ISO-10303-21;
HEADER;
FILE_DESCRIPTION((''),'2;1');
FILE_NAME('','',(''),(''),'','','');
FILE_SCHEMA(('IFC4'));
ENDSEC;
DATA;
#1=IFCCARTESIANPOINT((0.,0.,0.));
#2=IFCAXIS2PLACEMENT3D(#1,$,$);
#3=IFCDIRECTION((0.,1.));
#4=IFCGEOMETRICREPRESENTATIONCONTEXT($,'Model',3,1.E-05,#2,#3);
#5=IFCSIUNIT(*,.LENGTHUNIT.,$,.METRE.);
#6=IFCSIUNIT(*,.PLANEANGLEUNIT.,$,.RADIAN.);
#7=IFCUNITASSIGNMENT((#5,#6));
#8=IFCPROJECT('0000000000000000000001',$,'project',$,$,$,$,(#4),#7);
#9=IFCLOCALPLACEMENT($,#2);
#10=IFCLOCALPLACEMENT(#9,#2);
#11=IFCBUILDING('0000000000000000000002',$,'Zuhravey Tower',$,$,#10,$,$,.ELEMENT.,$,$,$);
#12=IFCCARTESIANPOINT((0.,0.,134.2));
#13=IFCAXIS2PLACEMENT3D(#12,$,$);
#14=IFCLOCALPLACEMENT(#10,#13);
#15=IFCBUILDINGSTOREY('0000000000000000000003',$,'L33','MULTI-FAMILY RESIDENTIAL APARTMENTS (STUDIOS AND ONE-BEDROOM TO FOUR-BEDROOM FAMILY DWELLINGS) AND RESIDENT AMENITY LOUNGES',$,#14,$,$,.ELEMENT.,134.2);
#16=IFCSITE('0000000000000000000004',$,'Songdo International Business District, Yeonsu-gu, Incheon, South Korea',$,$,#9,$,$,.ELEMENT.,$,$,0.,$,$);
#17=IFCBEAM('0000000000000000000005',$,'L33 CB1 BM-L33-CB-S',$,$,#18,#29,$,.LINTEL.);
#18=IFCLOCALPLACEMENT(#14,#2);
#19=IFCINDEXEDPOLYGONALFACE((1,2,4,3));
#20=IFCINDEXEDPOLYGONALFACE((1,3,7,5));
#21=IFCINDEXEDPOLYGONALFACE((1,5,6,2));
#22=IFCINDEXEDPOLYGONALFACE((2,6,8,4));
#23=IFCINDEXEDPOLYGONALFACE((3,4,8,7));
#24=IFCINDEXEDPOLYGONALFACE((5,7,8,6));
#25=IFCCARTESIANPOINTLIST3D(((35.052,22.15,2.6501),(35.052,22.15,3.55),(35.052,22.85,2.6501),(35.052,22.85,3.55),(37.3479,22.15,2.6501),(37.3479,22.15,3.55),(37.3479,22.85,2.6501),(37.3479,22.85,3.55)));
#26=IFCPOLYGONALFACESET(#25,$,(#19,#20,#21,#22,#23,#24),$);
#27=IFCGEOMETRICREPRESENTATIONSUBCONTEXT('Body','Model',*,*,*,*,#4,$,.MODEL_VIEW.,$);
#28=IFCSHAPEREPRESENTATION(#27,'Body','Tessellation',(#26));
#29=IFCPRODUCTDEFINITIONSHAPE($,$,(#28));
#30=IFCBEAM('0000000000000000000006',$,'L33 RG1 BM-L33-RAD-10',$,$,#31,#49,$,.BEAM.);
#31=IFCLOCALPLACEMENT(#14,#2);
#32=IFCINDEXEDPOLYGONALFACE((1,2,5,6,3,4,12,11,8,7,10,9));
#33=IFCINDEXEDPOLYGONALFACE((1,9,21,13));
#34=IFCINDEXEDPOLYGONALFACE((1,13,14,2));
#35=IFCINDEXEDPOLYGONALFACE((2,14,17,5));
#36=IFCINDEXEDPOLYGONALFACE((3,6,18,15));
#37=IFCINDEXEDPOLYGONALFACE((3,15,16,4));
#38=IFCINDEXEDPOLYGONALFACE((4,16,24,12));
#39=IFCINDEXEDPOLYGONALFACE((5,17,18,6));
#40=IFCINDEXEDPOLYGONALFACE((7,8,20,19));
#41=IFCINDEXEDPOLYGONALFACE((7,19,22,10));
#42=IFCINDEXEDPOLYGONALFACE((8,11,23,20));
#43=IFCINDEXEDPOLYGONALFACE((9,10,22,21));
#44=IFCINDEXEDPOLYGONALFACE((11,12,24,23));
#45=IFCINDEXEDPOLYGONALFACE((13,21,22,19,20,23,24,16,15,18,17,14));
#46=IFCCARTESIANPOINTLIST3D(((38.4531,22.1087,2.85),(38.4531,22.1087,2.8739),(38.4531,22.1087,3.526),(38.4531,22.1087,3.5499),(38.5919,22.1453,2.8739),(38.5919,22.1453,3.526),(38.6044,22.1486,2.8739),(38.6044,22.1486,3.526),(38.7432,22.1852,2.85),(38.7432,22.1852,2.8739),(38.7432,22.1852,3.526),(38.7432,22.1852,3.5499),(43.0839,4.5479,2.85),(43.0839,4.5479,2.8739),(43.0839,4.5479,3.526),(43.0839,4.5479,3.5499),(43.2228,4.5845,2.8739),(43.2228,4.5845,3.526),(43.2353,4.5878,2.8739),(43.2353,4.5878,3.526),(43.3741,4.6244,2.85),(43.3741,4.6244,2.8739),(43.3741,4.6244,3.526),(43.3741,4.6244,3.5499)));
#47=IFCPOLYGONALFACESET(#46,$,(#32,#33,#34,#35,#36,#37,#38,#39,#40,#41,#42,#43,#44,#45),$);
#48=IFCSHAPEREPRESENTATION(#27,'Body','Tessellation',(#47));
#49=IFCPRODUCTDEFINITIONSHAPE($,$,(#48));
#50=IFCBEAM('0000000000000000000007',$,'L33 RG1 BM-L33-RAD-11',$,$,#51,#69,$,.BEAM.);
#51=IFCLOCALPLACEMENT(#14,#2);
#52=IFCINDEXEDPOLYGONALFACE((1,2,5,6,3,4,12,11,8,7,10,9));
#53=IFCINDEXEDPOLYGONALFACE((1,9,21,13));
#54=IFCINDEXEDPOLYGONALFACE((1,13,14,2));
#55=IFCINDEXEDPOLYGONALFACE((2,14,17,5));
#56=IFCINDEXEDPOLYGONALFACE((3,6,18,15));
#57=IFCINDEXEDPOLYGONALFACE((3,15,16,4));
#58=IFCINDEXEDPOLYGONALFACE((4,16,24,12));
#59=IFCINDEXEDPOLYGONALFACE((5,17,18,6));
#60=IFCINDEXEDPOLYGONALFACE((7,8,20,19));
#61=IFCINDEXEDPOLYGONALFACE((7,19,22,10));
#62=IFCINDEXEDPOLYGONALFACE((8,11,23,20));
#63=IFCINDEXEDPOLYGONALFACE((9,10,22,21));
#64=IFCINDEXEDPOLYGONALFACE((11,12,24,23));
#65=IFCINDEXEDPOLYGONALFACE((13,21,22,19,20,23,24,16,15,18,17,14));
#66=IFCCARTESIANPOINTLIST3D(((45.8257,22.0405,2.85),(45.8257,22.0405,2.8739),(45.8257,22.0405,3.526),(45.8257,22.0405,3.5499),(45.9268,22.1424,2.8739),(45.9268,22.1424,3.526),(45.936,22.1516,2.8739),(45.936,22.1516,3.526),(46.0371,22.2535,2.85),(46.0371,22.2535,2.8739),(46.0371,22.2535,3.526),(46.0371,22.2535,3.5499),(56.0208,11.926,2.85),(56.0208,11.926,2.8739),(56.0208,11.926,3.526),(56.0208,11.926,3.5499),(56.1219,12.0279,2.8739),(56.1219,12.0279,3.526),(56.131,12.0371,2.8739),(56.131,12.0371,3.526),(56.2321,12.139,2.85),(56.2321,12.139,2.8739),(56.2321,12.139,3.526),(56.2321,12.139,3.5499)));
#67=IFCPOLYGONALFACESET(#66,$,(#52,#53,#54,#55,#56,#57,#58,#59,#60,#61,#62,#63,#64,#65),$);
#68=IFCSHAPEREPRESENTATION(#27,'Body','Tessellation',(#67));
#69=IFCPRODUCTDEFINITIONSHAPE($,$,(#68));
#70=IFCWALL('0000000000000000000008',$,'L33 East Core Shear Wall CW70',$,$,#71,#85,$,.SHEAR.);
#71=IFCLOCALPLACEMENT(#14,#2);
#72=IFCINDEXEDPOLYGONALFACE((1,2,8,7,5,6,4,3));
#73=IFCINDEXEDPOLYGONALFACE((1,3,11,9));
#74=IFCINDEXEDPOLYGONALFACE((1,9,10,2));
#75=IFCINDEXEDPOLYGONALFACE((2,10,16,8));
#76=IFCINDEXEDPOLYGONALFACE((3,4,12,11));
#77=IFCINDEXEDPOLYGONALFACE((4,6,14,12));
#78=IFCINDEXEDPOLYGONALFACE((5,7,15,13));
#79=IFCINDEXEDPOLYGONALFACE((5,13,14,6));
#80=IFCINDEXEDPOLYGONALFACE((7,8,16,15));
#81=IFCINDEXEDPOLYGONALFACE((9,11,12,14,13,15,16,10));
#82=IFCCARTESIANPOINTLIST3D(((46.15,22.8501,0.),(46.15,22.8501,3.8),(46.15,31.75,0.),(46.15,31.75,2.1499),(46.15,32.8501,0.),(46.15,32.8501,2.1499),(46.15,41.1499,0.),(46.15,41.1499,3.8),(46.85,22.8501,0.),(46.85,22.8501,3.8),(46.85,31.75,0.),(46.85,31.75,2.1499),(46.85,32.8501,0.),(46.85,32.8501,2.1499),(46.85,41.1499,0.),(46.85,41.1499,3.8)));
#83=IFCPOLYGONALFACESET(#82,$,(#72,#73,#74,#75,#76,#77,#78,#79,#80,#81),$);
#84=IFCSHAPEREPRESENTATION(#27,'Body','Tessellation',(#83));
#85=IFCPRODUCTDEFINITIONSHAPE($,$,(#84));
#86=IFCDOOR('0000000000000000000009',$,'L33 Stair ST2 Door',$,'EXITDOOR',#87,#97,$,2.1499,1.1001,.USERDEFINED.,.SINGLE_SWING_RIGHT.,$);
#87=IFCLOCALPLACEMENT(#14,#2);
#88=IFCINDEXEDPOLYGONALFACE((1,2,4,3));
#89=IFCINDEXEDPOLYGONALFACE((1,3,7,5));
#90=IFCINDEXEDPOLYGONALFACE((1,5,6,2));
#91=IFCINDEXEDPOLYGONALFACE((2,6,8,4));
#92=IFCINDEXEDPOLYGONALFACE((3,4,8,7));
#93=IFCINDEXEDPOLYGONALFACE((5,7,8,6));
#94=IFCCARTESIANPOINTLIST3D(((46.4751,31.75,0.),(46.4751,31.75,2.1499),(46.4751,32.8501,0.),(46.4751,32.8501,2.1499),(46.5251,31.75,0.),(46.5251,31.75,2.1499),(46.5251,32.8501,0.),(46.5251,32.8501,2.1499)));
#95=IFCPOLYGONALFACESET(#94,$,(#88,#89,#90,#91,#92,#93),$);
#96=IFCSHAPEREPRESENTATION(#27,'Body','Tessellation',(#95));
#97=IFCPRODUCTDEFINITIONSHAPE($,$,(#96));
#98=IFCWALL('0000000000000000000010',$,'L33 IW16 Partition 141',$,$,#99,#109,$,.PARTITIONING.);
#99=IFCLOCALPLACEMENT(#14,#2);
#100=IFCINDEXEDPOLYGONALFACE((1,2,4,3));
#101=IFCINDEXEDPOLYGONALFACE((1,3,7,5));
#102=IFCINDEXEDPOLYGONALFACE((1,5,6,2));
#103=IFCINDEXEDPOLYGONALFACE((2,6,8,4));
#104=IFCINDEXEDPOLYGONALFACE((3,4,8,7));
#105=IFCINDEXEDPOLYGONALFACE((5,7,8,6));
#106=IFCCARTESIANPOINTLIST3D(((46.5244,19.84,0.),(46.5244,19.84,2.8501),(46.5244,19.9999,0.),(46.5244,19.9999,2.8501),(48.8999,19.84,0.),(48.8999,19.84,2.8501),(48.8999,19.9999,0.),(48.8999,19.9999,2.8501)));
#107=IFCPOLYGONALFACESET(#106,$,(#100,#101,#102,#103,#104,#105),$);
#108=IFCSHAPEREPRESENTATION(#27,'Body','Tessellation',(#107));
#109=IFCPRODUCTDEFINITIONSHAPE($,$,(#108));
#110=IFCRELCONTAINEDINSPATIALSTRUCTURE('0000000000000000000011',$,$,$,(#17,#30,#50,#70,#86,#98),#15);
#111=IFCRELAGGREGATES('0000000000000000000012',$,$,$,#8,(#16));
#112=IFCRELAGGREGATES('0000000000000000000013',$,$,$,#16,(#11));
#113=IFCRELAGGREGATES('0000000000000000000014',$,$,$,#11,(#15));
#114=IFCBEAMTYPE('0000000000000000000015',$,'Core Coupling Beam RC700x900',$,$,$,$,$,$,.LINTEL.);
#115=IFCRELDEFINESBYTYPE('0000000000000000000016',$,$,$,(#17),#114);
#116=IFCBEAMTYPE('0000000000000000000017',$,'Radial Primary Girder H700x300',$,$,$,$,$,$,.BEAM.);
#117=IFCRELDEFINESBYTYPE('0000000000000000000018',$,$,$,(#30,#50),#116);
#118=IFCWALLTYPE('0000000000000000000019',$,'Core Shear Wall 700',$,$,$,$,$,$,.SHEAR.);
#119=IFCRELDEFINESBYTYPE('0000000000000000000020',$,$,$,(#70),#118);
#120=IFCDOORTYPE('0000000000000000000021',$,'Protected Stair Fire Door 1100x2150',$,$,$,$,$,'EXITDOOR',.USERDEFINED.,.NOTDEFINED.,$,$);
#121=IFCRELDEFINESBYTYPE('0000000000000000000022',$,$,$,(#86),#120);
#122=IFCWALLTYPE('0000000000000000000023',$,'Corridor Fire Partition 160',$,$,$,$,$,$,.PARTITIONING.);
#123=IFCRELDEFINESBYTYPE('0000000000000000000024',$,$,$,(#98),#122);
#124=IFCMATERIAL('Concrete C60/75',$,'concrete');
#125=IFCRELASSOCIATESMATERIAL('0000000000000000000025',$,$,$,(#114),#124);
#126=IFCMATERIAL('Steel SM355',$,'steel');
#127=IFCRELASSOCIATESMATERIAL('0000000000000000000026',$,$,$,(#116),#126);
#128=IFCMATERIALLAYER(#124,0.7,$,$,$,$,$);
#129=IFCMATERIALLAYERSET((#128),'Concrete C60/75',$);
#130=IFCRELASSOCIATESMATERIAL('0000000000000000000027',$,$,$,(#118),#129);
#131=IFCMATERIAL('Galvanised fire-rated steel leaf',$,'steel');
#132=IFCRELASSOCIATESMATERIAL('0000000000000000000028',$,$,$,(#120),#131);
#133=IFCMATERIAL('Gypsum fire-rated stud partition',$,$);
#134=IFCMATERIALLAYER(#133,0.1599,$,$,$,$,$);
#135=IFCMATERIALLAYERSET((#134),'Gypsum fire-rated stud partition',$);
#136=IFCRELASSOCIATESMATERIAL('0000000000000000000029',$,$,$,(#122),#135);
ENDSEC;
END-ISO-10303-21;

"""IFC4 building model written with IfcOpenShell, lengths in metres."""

from ifc_helpers import new_model, si_unit, direction, frame, frame_2d, origin, origin_2d, place, context, subcontext, project, spatial, rectangle, i_section, extrude, material, layer, layer_set, material_profile, profile_set, type_object, element, fill, save


model = new_model("IFC4")

# Units and contexts
model_context = context("Model", 3, precision=1e-05, world=origin(), true_north=direction((0.0, 1.0)))
body_context = subcontext(model_context, "Body", "Model", "MODEL_VIEW")
ifc_project = project(units=[si_unit("LENGTHUNIT", "METRE"), si_unit("PLANEANGLEUNIT", "RADIAN")], contexts=[model_context])

# Site, building, storey
site_placement = place(None, origin())
site = spatial("IfcSite", under=ifc_project, at=site_placement, Name="Songdo International Business District, Yeonsu-gu, Incheon, South Korea", CompositionType="ELEMENT", RefElevation=0.0)
building_placement = place(site_placement, origin())
building = spatial("IfcBuilding", under=site, at=building_placement, Name="Zuhravey Tower", CompositionType="ELEMENT")
storey_placement = place(building_placement, frame((0.0, 0.0, 134.2)))
storey = spatial("IfcBuildingStorey", under=building, at=storey_placement, Name="L33", Description="MULTI-FAMILY RESIDENTIAL APARTMENTS (STUDIOS AND ONE-BEDROOM TO FOUR-BEDROOM FAMILY DWELLINGS) AND RESIDENT AMENITY LOUNGES", CompositionType="ELEMENT", Elevation=134.2)

# Beams
ifc_material_1 = material(Name="Concrete C60/75", Category="concrete")
ifc_material_profile_1 = material_profile(ifc_material_1, rectangle(XDim=0.7, YDim=0.8999, at=origin_2d()), Name="RC-700x900")
ifc_profile_set_1 = profile_set([ifc_material_profile_1], Name="Concrete C60/75")
beam_type_1 = type_object("IfcBeamType", Name="Core Coupling Beam RC700x900", PredefinedType="LINTEL", material=ifc_profile_set_1)
beam_1_placement = place(storey_placement, frame((35.052, 22.5, 3.1001), z_axis=(1.0, 0.0, 0.0), x_axis=(0.0, 1.0, 0.0)))
element("IfcBeam", 1, at=beam_1_placement, inside=storey, type_object=beam_type_1, Name="L33 CB1 BM-L33-CB-S", PredefinedType="LINTEL", context=body_context, shape_type="SweptSolid", body=[
    extrude(rectangle(XDim=0.7, YDim=0.8999, at=origin_2d()), origin(), (0.0, 0.0, 1.0), 2.2959),
])
ifc_material_2 = material(Name="Steel SM355", Category="steel")
ifc_material_profile_2 = material_profile(ifc_material_2, i_section(OverallWidth=0.3, OverallDepth=0.7, WebThickness=0.0129, FlangeThickness=0.0239, at=origin_2d()), Name="H-700x300x13x24")
ifc_profile_set_2 = profile_set([ifc_material_profile_2], Name="Steel SM355")
beam_type_2 = type_object("IfcBeamType", Name="Radial Primary Girder H700x300", PredefinedType="BEAM", material=ifc_profile_set_2)
beam_2_placement = place(storey_placement, frame((38.5981, 22.147, 3.2), z_axis=(0.254988, -0.966944, 0.0), x_axis=(0.966944, 0.254988, 0.0)))
element("IfcBeam", 2, at=beam_2_placement, inside=storey, type_object=beam_type_2, Name="L33 RG1 BM-L33-RAD-10", PredefinedType="BEAM", context=body_context, shape_type="SweptSolid", body=[
    extrude(i_section(OverallWidth=0.3, OverallDepth=0.7, WebThickness=0.0129, FlangeThickness=0.0239, at=origin_2d()), origin(), (0.0, 0.0, 1.0), 18.1611),
])
beam_3_placement = place(storey_placement, frame((45.9314, 22.147, 3.2), z_axis=(0.709906, -0.704296, 0.0), x_axis=(0.704296, 0.709906, 0.0)))
element("IfcBeam", 3, at=beam_3_placement, inside=storey, type_object=beam_type_2, Name="L33 RG1 BM-L33-RAD-11", PredefinedType="BEAM", context=body_context, shape_type="SweptSolid", body=[
    extrude(i_section(OverallWidth=0.3, OverallDepth=0.7, WebThickness=0.0129, FlangeThickness=0.0239, at=origin_2d()), origin(), (0.0, 0.0, 1.0), 14.3611),
])

# Wall, opening, door
ifc_layer_1 = layer(ifc_material_1, 0.7)
ifc_layer_set_1 = layer_set([ifc_layer_1], Name="Concrete C60/75")
wall_type_1 = type_object("IfcWallType", Name="Core Shear Wall 700", PredefinedType="SHEAR", material=ifc_layer_set_1)
ifc_material_3 = material(Name="Galvanised fire-rated steel leaf", Category="steel")
wall_1_placement = place(storey_placement, frame((46.5, 22.8501, 0.0), z_axis=(0.0, 0.0, 1.0), x_axis=(0.0, 1.0, 0.0)))
wall_1 = element("IfcWall", 4, at=wall_1_placement, inside=storey, type_object=wall_type_1, Name="L33 East Core Shear Wall CW70", PredefinedType="SHEAR", context=body_context, shape_type="SweptSolid", body=[
    extrude(rectangle(XDim=18.2998, YDim=0.7, at=frame_2d((9.1499, 0.0))), origin(), (0.0, 0.0, 1.0), 3.8),
])
opening_1_placement = place(wall_1_placement, frame((8.8999, 0.0, 0.0)))
opening_1 = element("IfcOpeningElement", 5, at=opening_1_placement, cuts=wall_1, PredefinedType="OPENING", context=body_context, shape_type="SweptSolid", body=[
    extrude(rectangle(XDim=1.1001, YDim=2.1499, at=frame_2d((0.55, 1.075))), frame((0.0, 0.3621, 0.0), z_axis=(0.0, -1.0, 0.0), x_axis=(1.0, 0.0, 0.0)), (0.0, 0.0, 1.0), 0.7239),
])
door_type_1 = type_object("IfcDoorType", Name="Protected Stair Fire Door 1100x2150", ElementType="EXITDOOR", OperationType="NOTDEFINED", PredefinedType="USERDEFINED", material=ifc_material_3)
door_1_placement = place(opening_1_placement, origin())
door_1 = element("IfcDoor", 6, at=door_1_placement, inside=storey, type_object=door_type_1, Name="L33 Stair ST2 Door", ObjectType="EXITDOOR", OperationType="SINGLE_SWING_RIGHT", OverallHeight=2.1499, OverallWidth=1.1001, PredefinedType="USERDEFINED", context=body_context, shape_type="SweptSolid", body=[
    extrude(rectangle(XDim=1.1001, YDim=2.1499, at=frame_2d((0.55, 1.075))), frame((0.0, 0.0249, 0.0), z_axis=(0.0, -1.0, 0.0), x_axis=(1.0, 0.0, 0.0)), (0.0, 0.0, 1.0), 0.05),
])
fill(opening_1, door_1)
ifc_material_4 = material(Name="Gypsum fire-rated stud partition")
ifc_layer_2 = layer(ifc_material_4, 0.1599)
ifc_layer_set_2 = layer_set([ifc_layer_2], Name="Gypsum fire-rated stud partition")
wall_type_2 = type_object("IfcWallType", Name="Corridor Fire Partition 160", PredefinedType="PARTITIONING", material=ifc_layer_set_2)

# Wall
wall_2_placement = place(storey_placement, frame((46.5244, 19.9199, 0.0), z_axis=(0.0, 0.0, 1.0), x_axis=(1.0, 0.0, 0.0)))
element("IfcWall", 7, at=wall_2_placement, inside=storey, type_object=wall_type_2, Name="L33 IW16 Partition 141", PredefinedType="PARTITIONING", context=body_context, shape_type="SweptSolid", body=[
    extrude(rectangle(XDim=2.3755, YDim=0.1599, at=frame_2d((1.1877, 0.0))), origin(), (0.0, 0.0, 1.0), 2.8501),
])

save(model, "model.ifc")
